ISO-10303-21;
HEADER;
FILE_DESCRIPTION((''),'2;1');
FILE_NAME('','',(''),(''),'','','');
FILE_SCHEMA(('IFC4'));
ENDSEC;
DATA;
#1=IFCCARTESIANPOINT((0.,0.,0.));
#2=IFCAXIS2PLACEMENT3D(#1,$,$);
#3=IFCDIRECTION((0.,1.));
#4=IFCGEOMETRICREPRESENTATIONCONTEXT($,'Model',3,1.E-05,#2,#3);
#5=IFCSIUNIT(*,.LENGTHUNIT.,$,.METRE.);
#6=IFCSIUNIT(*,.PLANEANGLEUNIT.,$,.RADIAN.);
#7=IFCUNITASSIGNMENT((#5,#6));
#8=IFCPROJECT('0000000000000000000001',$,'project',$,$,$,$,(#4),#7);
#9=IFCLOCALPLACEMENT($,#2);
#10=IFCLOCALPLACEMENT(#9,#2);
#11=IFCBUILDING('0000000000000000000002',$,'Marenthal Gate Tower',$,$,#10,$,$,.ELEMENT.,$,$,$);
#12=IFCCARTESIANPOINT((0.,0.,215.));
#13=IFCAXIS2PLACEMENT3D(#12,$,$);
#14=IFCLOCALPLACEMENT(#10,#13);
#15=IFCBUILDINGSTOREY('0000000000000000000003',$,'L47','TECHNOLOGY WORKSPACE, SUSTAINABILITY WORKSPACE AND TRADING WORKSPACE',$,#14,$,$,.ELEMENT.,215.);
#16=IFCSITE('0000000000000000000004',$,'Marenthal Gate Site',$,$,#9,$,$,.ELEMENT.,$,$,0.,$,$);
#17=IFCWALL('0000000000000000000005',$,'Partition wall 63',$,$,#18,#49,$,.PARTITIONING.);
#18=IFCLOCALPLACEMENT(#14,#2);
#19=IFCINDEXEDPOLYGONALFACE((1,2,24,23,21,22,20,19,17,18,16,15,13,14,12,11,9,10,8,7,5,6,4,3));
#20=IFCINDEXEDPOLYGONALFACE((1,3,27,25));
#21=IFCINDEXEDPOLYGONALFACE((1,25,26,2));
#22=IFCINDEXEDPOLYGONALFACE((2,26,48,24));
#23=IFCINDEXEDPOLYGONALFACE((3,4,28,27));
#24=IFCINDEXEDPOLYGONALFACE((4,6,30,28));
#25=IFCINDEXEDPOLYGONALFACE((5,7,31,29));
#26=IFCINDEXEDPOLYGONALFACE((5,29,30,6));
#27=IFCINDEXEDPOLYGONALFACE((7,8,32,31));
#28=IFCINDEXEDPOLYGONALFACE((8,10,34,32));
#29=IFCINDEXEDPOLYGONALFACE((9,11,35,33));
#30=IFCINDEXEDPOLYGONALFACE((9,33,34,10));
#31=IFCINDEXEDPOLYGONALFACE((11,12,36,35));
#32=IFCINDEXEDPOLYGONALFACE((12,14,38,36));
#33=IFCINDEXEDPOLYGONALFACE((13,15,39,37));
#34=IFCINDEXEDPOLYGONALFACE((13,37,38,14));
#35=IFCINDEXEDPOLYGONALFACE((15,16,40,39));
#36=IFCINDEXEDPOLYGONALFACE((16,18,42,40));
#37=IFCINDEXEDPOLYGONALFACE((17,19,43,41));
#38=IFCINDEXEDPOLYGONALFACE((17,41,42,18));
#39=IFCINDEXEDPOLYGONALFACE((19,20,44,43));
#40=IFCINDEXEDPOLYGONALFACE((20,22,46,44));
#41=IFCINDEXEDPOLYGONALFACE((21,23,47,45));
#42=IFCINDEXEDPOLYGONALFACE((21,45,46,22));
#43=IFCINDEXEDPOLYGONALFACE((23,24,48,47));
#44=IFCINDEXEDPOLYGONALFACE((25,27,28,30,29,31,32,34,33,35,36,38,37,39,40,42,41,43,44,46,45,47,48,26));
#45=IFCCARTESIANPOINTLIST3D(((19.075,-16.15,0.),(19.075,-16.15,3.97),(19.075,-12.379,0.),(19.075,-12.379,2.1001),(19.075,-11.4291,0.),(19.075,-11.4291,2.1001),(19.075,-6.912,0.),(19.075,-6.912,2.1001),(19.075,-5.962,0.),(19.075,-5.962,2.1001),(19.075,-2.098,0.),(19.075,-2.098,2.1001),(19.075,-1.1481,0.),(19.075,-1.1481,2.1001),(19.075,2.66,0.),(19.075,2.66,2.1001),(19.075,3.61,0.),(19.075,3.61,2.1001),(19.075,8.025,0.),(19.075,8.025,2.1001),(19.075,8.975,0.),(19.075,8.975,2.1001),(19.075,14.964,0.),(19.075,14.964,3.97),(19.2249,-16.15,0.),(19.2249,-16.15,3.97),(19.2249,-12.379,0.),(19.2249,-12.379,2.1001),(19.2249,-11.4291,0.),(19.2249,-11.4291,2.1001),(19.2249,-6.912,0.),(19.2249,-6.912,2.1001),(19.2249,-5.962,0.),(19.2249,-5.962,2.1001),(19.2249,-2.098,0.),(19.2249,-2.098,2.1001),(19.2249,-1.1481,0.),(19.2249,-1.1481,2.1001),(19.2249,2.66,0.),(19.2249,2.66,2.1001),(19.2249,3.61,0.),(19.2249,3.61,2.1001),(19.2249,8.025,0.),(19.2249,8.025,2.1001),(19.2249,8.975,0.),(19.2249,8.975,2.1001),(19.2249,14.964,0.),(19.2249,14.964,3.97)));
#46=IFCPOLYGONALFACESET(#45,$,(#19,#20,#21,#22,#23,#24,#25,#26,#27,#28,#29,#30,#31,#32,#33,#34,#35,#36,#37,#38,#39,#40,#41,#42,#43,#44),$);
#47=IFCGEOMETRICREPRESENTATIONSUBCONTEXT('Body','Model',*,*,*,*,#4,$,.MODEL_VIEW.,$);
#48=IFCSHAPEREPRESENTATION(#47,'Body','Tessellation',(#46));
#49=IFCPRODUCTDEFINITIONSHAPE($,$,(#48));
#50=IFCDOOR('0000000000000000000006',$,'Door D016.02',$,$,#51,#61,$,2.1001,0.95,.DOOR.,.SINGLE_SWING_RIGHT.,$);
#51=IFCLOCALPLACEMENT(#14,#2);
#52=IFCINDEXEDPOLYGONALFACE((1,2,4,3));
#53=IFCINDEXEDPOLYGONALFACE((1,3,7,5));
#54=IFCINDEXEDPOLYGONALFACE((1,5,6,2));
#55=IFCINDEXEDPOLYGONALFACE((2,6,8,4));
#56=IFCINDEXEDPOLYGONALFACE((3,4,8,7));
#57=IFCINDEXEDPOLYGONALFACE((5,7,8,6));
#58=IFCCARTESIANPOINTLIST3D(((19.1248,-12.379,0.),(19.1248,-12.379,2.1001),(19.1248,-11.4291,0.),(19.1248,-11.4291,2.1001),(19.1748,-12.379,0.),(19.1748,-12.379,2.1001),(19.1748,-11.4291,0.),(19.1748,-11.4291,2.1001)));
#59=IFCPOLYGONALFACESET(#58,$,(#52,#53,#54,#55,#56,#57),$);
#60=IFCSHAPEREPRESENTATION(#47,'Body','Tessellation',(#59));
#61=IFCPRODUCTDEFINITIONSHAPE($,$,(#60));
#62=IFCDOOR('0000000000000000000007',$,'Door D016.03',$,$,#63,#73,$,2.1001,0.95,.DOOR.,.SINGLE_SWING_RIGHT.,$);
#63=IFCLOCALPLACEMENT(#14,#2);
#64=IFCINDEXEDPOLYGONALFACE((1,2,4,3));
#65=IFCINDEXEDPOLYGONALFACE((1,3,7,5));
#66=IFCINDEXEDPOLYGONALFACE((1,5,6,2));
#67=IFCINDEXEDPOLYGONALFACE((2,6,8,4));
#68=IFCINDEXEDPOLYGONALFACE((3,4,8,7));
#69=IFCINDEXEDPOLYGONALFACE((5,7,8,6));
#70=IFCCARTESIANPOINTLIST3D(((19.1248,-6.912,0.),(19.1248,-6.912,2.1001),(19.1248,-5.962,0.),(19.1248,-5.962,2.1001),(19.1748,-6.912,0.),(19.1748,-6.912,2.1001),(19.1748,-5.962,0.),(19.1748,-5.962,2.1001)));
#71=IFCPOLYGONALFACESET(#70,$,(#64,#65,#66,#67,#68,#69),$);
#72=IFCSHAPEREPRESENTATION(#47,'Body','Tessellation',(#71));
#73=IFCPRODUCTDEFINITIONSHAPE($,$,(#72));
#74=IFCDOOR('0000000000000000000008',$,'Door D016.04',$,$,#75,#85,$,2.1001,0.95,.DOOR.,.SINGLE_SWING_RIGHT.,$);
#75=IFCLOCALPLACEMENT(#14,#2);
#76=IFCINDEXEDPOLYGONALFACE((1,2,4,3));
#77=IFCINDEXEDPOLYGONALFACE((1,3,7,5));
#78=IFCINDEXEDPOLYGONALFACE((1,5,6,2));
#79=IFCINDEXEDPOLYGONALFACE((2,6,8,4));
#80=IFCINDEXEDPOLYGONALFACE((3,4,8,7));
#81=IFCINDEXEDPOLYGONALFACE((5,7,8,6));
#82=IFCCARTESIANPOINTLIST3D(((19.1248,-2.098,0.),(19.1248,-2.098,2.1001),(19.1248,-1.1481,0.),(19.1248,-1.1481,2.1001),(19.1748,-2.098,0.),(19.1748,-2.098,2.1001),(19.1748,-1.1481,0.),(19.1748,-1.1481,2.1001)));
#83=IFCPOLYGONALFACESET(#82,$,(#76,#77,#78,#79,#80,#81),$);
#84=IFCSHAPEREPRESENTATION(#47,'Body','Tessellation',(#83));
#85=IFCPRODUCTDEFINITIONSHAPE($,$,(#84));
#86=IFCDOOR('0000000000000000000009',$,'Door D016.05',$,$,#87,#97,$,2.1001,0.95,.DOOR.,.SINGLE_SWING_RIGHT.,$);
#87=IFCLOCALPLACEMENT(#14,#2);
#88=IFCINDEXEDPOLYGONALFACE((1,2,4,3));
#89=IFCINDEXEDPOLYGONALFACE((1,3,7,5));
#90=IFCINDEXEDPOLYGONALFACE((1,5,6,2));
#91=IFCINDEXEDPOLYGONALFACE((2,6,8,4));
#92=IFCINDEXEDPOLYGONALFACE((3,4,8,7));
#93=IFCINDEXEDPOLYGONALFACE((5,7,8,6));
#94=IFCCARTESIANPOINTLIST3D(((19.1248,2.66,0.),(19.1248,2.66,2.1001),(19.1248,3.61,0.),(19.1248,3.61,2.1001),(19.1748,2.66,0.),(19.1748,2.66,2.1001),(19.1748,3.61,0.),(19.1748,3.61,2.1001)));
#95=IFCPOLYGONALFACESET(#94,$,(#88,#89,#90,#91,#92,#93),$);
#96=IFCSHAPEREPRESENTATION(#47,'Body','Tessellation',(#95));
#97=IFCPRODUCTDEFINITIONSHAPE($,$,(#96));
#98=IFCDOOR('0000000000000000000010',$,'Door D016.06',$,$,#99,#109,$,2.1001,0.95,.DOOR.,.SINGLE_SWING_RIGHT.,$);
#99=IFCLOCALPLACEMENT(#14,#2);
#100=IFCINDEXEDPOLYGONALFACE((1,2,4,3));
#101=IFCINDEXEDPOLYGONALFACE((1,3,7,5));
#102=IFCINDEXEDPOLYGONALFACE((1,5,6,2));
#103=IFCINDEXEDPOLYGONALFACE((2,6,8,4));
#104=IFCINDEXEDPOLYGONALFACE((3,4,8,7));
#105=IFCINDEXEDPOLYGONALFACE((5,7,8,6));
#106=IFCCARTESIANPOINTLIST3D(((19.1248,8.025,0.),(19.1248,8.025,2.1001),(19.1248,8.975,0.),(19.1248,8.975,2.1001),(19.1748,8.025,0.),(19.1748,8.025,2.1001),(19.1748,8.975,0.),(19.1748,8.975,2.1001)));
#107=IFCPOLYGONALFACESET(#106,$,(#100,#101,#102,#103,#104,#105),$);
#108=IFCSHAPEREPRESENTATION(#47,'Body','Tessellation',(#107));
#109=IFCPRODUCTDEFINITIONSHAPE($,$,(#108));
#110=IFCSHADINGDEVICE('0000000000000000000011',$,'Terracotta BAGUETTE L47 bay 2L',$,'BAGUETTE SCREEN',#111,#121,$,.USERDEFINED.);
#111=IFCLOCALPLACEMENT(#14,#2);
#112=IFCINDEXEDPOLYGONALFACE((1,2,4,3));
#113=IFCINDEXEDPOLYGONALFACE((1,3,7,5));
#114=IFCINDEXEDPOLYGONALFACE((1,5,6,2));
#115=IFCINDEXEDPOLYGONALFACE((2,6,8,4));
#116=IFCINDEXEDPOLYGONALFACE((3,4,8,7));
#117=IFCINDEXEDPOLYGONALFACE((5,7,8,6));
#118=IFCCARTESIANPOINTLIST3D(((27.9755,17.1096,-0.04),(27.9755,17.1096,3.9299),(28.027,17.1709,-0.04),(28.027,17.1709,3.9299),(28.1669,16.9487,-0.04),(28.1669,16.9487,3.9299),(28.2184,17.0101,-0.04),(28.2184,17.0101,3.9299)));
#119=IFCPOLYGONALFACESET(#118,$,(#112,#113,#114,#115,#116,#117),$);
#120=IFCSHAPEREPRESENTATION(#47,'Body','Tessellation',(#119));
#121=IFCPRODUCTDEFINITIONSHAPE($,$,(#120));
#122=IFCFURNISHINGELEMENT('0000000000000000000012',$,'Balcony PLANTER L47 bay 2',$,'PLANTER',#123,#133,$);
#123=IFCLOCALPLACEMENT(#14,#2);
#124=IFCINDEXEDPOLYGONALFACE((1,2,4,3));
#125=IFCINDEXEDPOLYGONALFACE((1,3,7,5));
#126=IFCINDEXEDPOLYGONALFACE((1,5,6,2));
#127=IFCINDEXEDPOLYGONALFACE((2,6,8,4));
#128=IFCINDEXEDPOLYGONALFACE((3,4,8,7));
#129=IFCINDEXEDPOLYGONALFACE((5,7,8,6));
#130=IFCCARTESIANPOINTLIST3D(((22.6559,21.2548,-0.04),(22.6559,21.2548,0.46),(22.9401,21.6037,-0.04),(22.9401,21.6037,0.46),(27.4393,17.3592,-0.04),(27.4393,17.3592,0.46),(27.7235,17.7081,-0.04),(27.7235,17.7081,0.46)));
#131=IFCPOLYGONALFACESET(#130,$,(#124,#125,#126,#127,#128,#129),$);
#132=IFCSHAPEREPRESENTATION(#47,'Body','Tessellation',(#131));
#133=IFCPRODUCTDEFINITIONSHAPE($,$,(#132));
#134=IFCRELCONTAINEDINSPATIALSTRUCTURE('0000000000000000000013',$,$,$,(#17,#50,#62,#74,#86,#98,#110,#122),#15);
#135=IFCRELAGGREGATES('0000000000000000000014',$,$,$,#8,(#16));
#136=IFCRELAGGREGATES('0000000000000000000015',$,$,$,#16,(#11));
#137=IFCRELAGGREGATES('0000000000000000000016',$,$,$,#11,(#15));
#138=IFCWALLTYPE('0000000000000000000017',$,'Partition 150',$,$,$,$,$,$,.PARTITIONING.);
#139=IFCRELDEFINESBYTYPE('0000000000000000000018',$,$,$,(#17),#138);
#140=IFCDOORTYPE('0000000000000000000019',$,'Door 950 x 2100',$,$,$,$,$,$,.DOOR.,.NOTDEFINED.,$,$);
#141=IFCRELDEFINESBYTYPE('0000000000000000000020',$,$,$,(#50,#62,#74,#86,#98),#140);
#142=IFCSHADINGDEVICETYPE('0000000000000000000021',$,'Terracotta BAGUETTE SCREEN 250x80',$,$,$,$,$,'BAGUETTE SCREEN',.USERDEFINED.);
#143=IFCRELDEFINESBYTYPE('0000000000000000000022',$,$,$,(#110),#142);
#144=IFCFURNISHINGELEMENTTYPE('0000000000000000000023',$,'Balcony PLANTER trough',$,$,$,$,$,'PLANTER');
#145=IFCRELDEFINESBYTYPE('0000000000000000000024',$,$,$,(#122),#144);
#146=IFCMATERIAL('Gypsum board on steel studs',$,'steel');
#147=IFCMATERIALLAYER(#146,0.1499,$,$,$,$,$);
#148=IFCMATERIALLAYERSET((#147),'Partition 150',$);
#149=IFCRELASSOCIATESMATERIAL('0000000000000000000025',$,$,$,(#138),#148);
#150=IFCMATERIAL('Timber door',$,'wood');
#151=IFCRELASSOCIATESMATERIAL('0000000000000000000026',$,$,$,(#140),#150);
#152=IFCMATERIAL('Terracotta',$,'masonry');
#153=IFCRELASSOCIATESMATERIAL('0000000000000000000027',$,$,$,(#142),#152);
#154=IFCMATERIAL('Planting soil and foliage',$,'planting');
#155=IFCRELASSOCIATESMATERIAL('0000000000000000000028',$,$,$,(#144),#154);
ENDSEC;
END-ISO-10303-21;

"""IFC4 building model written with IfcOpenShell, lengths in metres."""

from ifc_helpers import new_model, si_unit, direction, frame, frame_2d, origin, origin_2d, place, context, subcontext, project, spatial, rectangle, extrude, material, layer, layer_set, material_profile, profile_set, type_object, element, fill, save


model = new_model("IFC4")

# Units and contexts
model_context = context("Model", 3, precision=1e-05, world=origin(), true_north=direction((0.0, 1.0)))
body_context = subcontext(model_context, "Body", "Model", "MODEL_VIEW")
ifc_project = project(units=[si_unit("LENGTHUNIT", "METRE"), si_unit("PLANEANGLEUNIT", "RADIAN")], contexts=[model_context])

# Site, building, storey
site_placement = place(None, origin())
site = spatial("IfcSite", under=ifc_project, at=site_placement, Name="Marenthal Gate Site", CompositionType="ELEMENT", RefElevation=0.0)
building_placement = place(site_placement, origin())
building = spatial("IfcBuilding", under=site, at=building_placement, Name="Marenthal Gate Tower", CompositionType="ELEMENT")
storey_placement = place(building_placement, frame((0.0, 0.0, 215.0)))
storey = spatial("IfcBuildingStorey", under=building, at=storey_placement, Name="L47", Description="TECHNOLOGY WORKSPACE, SUSTAINABILITY WORKSPACE AND TRADING WORKSPACE", CompositionType="ELEMENT", Elevation=215.0)

# Shared definitions
ifc_material_1 = material(Name="Gypsum board on steel studs", Category="steel")
ifc_layer_1 = layer(ifc_material_1, 0.1499)
ifc_layer_set_1 = layer_set([ifc_layer_1], Name="Partition 150")
wall_type_1 = type_object("IfcWallType", Name="Partition 150", PredefinedType="PARTITIONING", material=ifc_layer_set_1)

# Wall, openings, doors
wall_1_placement = place(storey_placement, frame((19.1499, 14.9641, 0.0), z_axis=(0.0, 0.0, 1.0), x_axis=(0.0, -1.0, 0.0)))
wall_1 = element("IfcWall", 1, at=wall_1_placement, inside=storey, type_object=wall_type_1, Name="Partition wall 63", PredefinedType="PARTITIONING", context=body_context, shape_type="SweptSolid", body=[
    extrude(rectangle(XDim=31.114, YDim=0.1499, at=frame_2d((15.5571, 0.0))), origin(), (0.0, 0.0, 1.0), 3.97),
])
opening_1_placement = place(wall_1_placement, frame((26.3931, 0.0, 0.0)))
opening_1 = element("IfcOpeningElement", 2, at=opening_1_placement, cuts=wall_1, PredefinedType="OPENING", context=body_context, shape_type="SweptSolid", body=[
    extrude(rectangle(XDim=0.95, YDim=2.1001, at=frame_2d((0.4751, 1.05))), frame((0.0, 0.085, 0.0), z_axis=(0.0, -1.0, 0.0), x_axis=(1.0, 0.0, 0.0)), (0.0, 0.0, 1.0), 0.1699),
])
opening_2_placement = place(wall_1_placement, frame((20.926, 0.0, 0.0)))
opening_2 = element("IfcOpeningElement", 3, at=opening_2_placement, cuts=wall_1, PredefinedType="OPENING", context=body_context, shape_type="SweptSolid", body=[
    extrude(rectangle(XDim=0.95, YDim=2.1001, at=frame_2d((0.4751, 1.05))), frame((0.0, 0.085, 0.0), z_axis=(0.0, -1.0, 0.0), x_axis=(1.0, 0.0, 0.0)), (0.0, 0.0, 1.0), 0.1699),
])
opening_3_placement = place(wall_1_placement, frame((16.1121, 0.0, 0.0)))
opening_3 = element("IfcOpeningElement", 4, at=opening_3_placement, cuts=wall_1, PredefinedType="OPENING", context=body_context, shape_type="SweptSolid", body=[
    extrude(rectangle(XDim=0.95, YDim=2.1001, at=frame_2d((0.4751, 1.05))), frame((0.0, 0.085, 0.0), z_axis=(0.0, -1.0, 0.0), x_axis=(1.0, 0.0, 0.0)), (0.0, 0.0, 1.0), 0.1699),
])
opening_4_placement = place(wall_1_placement, frame((11.354, 0.0, 0.0)))
opening_4 = element("IfcOpeningElement", 5, at=opening_4_placement, cuts=wall_1, PredefinedType="OPENING", context=body_context, shape_type="SweptSolid", body=[
    extrude(rectangle(XDim=0.95, YDim=2.1001, at=frame_2d((0.4751, 1.05))), frame((0.0, 0.085, 0.0), z_axis=(0.0, -1.0, 0.0), x_axis=(1.0, 0.0, 0.0)), (0.0, 0.0, 1.0), 0.1699),
])
opening_5_placement = place(wall_1_placement, frame((5.989, 0.0, 0.0)))
opening_5 = element("IfcOpeningElement", 6, at=opening_5_placement, cuts=wall_1, PredefinedType="OPENING", context=body_context, shape_type="SweptSolid", body=[
    extrude(rectangle(XDim=0.95, YDim=2.1001, at=frame_2d((0.4751, 1.05))), frame((0.0, 0.085, 0.0), z_axis=(0.0, -1.0, 0.0), x_axis=(1.0, 0.0, 0.0)), (0.0, 0.0, 1.0), 0.1699),
])
ifc_material_2 = material(Name="Timber door", Category="wood")
door_type_1 = type_object("IfcDoorType", Name="Door 950 x 2100", OperationType="NOTDEFINED", PredefinedType="DOOR", material=ifc_material_2)
door_1_placement = place(opening_1_placement, origin())
door_1 = element("IfcDoor", 7, at=door_1_placement, inside=storey, type_object=door_type_1, Name="Door D016.02", OperationType="SINGLE_SWING_RIGHT", OverallHeight=2.1001, OverallWidth=0.95, PredefinedType="DOOR", context=body_context, shape_type="SweptSolid", body=[
    extrude(rectangle(XDim=0.95, YDim=2.1001, at=frame_2d((0.4751, 1.05))), frame((0.0, 0.0249, 0.0), z_axis=(0.0, -1.0, 0.0), x_axis=(1.0, 0.0, 0.0)), (0.0, 0.0, 1.0), 0.05),
])
fill(opening_1, door_1)
door_2_placement = place(opening_2_placement, origin())
door_2 = element("IfcDoor", 8, at=door_2_placement, inside=storey, type_object=door_type_1, Name="Door D016.03", OperationType="SINGLE_SWING_RIGHT", OverallHeight=2.1001, OverallWidth=0.95, PredefinedType="DOOR", context=body_context, shape_type="SweptSolid", body=[
    extrude(rectangle(XDim=0.95, YDim=2.1001, at=frame_2d((0.4751, 1.05))), frame((0.0, 0.0249, 0.0), z_axis=(0.0, -1.0, 0.0), x_axis=(1.0, 0.0, 0.0)), (0.0, 0.0, 1.0), 0.05),
])
fill(opening_2, door_2)
door_3_placement = place(opening_3_placement, origin())
door_3 = element("IfcDoor", 9, at=door_3_placement, inside=storey, type_object=door_type_1, Name="Door D016.04", OperationType="SINGLE_SWING_RIGHT", OverallHeight=2.1001, OverallWidth=0.95, PredefinedType="DOOR", context=body_context, shape_type="SweptSolid", body=[
    extrude(rectangle(XDim=0.95, YDim=2.1001, at=frame_2d((0.4751, 1.05))), frame((0.0, 0.0249, 0.0), z_axis=(0.0, -1.0, 0.0), x_axis=(1.0, 0.0, 0.0)), (0.0, 0.0, 1.0), 0.05),
])
fill(opening_3, door_3)
door_4_placement = place(opening_4_placement, origin())
door_4 = element("IfcDoor", 10, at=door_4_placement, inside=storey, type_object=door_type_1, Name="Door D016.05", OperationType="SINGLE_SWING_RIGHT", OverallHeight=2.1001, OverallWidth=0.95, PredefinedType="DOOR", context=body_context, shape_type="SweptSolid", body=[
    extrude(rectangle(XDim=0.95, YDim=2.1001, at=frame_2d((0.4751, 1.05))), frame((0.0, 0.0249, 0.0), z_axis=(0.0, -1.0, 0.0), x_axis=(1.0, 0.0, 0.0)), (0.0, 0.0, 1.0), 0.05),
])
fill(opening_4, door_4)
door_5_placement = place(opening_5_placement, origin())
door_5 = element("IfcDoor", 11, at=door_5_placement, inside=storey, type_object=door_type_1, Name="Door D016.06", OperationType="SINGLE_SWING_RIGHT", OverallHeight=2.1001, OverallWidth=0.95, PredefinedType="DOOR", context=body_context, shape_type="SweptSolid", body=[
    extrude(rectangle(XDim=0.95, YDim=2.1001, at=frame_2d((0.4751, 1.05))), frame((0.0, 0.0249, 0.0), z_axis=(0.0, -1.0, 0.0), x_axis=(1.0, 0.0, 0.0)), (0.0, 0.0, 1.0), 0.05),
])
fill(opening_5, door_5)

# Shading device
ifc_material_3 = material(Name="Terracotta", Category="masonry")
ifc_material_profile_1 = material_profile(ifc_material_3, rectangle(XDim=0.25, YDim=0.0801, at=origin_2d()), Name="Terracotta baguette 250x80")
ifc_profile_set_1 = profile_set([ifc_material_profile_1], Name="Terracotta")
shading_device_type = type_object("IfcShadingDeviceType", Name="Terracotta BAGUETTE SCREEN 250x80", ElementType="BAGUETTE SCREEN", PredefinedType="USERDEFINED", material=ifc_profile_set_1)
shading_device_placement = place(storey_placement, frame((28.0969, 17.0598, -0.04), z_axis=(0.0, 0.0, 1.0), x_axis=(-0.765628, 0.643284, 0.0)))
element("IfcShadingDevice", 12, at=shading_device_placement, inside=storey, type_object=shading_device_type, Name="Terracotta BAGUETTE L47 bay 2L", ObjectType="BAGUETTE SCREEN", PredefinedType="USERDEFINED", context=body_context, shape_type="SweptSolid", body=[
    extrude(rectangle(XDim=0.25, YDim=0.0801, at=origin_2d()), origin(), (0.0, 0.0, 1.0), 3.97),
])

# Furnishing element
ifc_material_4 = material(Name="Planting soil and foliage", Category="planting")
furnishing_element_type = type_object("IfcFurnishingElementType", Name="Balcony PLANTER trough", ElementType="PLANTER", material=ifc_material_4)
furnishing_placement = place(storey_placement, frame((25.1897, 19.4814, -0.04), z_axis=(0.0, 0.0, 1.0), x_axis=(-0.775396, 0.631476, 0.0)))
element("IfcFurnishingElement", 13, at=furnishing_placement, inside=storey, type_object=furnishing_element_type, Name="Balcony PLANTER L47 bay 2", ObjectType="PLANTER", context=body_context, shape_type="SweptSolid", body=[
    extrude(rectangle(XDim=6.1689, YDim=0.45, at=origin_2d()), origin(), (0.0, 0.0, 1.0), 0.5),
])

save(model, "model.ifc")
